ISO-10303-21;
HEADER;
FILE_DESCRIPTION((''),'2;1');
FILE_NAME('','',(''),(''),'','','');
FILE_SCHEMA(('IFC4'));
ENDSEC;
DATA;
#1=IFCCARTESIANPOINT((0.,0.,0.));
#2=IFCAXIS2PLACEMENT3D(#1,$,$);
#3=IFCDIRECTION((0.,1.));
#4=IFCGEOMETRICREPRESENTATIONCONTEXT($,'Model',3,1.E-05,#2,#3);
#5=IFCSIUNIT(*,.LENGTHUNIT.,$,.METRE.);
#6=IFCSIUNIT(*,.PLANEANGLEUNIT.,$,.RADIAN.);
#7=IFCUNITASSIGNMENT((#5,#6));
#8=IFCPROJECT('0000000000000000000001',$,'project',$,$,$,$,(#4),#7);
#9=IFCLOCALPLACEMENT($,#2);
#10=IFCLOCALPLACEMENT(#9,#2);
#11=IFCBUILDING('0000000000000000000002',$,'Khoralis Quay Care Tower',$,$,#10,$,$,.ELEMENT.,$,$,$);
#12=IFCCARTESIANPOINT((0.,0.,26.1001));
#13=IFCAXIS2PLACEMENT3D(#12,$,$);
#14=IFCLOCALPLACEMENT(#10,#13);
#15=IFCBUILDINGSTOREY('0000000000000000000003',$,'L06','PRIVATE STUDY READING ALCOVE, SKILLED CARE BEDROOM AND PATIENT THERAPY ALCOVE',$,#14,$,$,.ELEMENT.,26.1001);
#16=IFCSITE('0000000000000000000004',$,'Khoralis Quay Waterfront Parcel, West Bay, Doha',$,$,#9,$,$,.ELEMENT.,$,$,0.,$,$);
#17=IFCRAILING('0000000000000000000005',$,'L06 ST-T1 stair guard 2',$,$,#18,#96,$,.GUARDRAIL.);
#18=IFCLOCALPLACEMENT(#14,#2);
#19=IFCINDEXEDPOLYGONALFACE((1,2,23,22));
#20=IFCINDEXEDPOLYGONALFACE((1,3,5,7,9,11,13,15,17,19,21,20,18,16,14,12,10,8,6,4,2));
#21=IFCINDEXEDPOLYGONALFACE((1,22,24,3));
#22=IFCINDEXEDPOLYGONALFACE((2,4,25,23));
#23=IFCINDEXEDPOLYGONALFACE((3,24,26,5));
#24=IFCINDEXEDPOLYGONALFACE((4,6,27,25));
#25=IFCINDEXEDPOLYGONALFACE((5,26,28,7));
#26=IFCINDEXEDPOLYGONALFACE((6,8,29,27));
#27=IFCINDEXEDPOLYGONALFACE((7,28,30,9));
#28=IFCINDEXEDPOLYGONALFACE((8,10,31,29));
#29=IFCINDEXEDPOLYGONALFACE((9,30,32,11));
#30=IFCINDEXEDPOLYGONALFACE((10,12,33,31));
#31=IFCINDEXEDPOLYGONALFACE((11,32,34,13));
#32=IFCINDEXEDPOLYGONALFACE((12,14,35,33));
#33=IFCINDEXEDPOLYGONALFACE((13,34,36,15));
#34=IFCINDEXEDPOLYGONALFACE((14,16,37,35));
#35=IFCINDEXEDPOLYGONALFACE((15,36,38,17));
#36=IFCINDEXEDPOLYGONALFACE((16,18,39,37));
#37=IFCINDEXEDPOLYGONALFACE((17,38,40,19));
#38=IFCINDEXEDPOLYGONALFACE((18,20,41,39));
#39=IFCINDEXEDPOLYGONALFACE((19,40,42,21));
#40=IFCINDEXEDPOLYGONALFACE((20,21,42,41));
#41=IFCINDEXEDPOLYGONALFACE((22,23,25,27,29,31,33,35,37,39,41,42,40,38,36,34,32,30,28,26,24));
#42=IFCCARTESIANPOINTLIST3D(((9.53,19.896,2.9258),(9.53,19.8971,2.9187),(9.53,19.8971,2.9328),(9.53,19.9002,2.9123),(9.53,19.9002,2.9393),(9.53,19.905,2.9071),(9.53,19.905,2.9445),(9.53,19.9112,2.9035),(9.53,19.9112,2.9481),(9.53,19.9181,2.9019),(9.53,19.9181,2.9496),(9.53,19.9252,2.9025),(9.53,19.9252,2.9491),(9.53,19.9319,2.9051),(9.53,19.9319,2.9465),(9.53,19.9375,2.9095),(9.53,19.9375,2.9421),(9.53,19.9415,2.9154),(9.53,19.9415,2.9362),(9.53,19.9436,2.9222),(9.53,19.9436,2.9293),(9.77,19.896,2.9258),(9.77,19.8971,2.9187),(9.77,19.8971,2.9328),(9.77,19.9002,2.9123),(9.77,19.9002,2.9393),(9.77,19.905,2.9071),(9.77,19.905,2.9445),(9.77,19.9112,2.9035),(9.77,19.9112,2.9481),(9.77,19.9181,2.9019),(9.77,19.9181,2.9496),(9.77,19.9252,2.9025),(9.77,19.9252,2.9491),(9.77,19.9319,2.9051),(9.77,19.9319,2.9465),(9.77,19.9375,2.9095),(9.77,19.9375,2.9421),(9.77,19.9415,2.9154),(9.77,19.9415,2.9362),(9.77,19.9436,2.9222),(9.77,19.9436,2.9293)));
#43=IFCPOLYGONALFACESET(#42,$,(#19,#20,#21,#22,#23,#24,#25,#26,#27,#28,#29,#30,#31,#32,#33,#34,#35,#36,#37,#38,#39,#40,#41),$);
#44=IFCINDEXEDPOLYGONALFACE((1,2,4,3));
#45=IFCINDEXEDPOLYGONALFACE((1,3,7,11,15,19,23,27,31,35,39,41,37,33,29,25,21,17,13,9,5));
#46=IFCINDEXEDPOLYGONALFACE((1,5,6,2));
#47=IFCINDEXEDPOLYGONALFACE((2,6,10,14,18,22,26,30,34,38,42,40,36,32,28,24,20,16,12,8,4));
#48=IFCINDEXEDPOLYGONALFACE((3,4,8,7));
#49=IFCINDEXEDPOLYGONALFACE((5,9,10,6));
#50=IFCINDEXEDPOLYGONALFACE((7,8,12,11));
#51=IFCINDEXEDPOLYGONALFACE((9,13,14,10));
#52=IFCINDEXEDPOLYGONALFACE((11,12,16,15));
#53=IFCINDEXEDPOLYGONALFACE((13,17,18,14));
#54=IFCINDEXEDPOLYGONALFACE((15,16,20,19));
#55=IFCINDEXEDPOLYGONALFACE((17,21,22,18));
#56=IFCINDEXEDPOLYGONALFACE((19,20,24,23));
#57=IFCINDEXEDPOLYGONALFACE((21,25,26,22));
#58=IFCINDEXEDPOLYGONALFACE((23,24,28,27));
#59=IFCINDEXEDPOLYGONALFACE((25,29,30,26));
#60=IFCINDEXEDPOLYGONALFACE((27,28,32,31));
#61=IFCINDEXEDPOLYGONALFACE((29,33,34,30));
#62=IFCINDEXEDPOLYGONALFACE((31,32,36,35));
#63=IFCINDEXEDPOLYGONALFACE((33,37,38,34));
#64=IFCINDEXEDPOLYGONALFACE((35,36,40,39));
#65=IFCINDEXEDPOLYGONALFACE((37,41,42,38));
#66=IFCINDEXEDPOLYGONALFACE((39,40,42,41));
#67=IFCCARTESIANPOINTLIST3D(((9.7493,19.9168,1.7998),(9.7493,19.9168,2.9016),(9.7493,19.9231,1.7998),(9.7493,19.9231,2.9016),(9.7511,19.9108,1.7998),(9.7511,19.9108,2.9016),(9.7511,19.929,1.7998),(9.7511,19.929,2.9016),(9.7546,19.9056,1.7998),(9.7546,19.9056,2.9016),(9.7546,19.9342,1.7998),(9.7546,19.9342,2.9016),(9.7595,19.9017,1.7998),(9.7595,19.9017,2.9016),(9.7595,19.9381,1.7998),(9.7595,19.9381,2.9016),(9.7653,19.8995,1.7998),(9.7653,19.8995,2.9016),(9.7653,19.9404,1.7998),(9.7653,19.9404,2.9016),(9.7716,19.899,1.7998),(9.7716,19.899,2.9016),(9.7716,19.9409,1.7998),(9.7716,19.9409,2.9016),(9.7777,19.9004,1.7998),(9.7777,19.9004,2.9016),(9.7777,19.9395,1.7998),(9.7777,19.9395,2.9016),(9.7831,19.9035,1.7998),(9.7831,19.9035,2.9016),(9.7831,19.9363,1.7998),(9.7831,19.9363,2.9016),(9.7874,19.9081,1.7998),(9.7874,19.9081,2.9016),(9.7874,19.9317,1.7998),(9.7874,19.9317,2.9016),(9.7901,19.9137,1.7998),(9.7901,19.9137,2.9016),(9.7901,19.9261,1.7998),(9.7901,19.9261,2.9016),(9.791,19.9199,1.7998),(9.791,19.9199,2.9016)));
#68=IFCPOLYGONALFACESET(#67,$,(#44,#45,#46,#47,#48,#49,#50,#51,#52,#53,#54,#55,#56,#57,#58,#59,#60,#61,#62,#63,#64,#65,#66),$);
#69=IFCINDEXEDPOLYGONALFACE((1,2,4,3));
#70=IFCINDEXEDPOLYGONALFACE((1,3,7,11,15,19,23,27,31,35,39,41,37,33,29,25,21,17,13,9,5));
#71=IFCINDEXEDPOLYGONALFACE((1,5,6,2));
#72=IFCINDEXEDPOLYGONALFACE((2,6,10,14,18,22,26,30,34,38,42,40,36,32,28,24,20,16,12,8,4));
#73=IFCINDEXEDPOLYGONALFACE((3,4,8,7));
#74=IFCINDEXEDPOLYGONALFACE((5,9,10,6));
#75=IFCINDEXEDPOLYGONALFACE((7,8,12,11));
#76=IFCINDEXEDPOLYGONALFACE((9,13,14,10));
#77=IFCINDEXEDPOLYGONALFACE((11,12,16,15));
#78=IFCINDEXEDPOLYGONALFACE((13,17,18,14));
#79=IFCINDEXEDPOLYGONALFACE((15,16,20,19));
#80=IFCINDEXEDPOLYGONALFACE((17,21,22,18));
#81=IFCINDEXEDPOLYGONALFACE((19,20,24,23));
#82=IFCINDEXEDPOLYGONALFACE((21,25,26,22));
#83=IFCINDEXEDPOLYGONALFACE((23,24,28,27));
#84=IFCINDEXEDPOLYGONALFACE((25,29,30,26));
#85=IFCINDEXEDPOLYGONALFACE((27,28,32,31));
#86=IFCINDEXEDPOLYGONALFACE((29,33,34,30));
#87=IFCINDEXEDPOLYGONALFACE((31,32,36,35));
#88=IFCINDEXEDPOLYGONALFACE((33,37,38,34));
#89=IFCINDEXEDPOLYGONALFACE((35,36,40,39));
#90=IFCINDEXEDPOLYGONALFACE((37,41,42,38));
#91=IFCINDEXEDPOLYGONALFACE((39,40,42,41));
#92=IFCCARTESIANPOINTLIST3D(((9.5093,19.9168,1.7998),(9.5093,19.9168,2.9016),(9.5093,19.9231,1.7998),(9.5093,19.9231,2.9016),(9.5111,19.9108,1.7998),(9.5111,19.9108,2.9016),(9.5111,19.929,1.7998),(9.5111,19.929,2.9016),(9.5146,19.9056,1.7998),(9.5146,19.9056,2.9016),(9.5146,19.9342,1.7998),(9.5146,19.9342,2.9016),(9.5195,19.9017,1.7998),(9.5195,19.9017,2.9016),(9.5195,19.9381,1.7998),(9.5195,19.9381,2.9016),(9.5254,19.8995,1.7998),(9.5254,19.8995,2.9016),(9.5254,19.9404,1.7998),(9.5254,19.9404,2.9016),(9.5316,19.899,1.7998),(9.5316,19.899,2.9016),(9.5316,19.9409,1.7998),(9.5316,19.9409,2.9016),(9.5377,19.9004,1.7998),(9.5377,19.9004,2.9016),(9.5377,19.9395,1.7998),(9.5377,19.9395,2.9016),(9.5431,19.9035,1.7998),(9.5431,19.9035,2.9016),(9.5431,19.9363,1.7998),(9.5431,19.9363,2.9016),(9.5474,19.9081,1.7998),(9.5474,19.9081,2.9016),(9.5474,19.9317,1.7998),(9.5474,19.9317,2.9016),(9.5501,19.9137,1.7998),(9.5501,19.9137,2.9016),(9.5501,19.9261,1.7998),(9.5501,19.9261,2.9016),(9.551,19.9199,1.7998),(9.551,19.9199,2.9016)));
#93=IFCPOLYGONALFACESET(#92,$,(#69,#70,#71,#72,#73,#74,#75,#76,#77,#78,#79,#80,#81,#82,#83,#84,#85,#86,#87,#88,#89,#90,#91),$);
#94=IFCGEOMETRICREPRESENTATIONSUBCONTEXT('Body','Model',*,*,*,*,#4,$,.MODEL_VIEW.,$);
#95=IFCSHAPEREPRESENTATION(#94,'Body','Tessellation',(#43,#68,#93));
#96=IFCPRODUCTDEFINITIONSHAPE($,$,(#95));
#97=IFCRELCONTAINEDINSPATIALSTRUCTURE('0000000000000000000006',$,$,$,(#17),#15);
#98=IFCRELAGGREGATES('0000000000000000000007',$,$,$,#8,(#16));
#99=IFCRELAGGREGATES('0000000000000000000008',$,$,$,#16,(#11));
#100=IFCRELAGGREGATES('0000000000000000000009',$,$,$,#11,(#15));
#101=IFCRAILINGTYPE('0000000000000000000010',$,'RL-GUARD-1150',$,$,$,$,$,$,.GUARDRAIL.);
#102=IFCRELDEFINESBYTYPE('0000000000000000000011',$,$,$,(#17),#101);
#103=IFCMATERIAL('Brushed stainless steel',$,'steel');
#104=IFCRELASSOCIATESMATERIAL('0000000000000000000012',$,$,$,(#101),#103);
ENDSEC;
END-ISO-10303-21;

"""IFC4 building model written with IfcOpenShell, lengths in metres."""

from ifc_helpers import new_model, si_unit, direction, frame, origin, origin_2d, place, context, subcontext, project, spatial, circle, extrude, material, type_object, element, save


model = new_model("IFC4")

# Units and contexts
model_context = context("Model", 3, precision=1e-05, world=origin(), true_north=direction((0.0, 1.0)))
body_context = subcontext(model_context, "Body", "Model", "MODEL_VIEW")
ifc_project = project(units=[si_unit("LENGTHUNIT", "METRE"), si_unit("PLANEANGLEUNIT", "RADIAN")], contexts=[model_context])

# Site, building, storey
site_placement = place(None, origin())
site = spatial("IfcSite", under=ifc_project, at=site_placement, Name="Khoralis Quay Waterfront Parcel, West Bay, Doha", CompositionType="ELEMENT", RefElevation=0.0)
building_placement = place(site_placement, origin())
building = spatial("IfcBuilding", under=site, at=building_placement, Name="Khoralis Quay Care Tower", CompositionType="ELEMENT")
storey_placement = place(building_placement, frame((0.0, 0.0, 26.1001)))
storey = spatial("IfcBuildingStorey", under=building, at=storey_placement, Name="L06", Description="PRIVATE STUDY READING ALCOVE, SKILLED CARE BEDROOM AND PATIENT THERAPY ALCOVE", CompositionType="ELEMENT", Elevation=26.1001)

# Shared definitions
ifc_material_1 = material(Name="Brushed stainless steel", Category="steel")

# Railing
railing_type = type_object("IfcRailingType", Name="RL-GUARD-1150", PredefinedType="GUARDRAIL", material=ifc_material_1)
railing_1_placement = place(storey_placement, frame((9.77, 19.9199, 1.7998)))
element("IfcRailing", 1, at=railing_1_placement, inside=storey, type_object=railing_type, Name="L06 ST-T1 stair guard 2", PredefinedType="GUARDRAIL", context=body_context, shape_type="SweptSolid", body=[
    extrude(circle(Radius=0.0239, at=origin_2d()), frame((0.0, 0.0, 1.126), z_axis=(-1.0, 0.0, 0.0), x_axis=(0.0, -1.0, 0.0)), (0.0, 0.0, 1.0), 0.24),
    extrude(circle(Radius=0.021, at=origin_2d()), origin(), (0.0, 0.0, 1.0), 1.1018),
    extrude(circle(Radius=0.021, at=origin_2d()), frame((-0.24, 0.0, 0.0)), (0.0, 0.0, 1.0), 1.1018),
])

save(model, "model.ifc")
